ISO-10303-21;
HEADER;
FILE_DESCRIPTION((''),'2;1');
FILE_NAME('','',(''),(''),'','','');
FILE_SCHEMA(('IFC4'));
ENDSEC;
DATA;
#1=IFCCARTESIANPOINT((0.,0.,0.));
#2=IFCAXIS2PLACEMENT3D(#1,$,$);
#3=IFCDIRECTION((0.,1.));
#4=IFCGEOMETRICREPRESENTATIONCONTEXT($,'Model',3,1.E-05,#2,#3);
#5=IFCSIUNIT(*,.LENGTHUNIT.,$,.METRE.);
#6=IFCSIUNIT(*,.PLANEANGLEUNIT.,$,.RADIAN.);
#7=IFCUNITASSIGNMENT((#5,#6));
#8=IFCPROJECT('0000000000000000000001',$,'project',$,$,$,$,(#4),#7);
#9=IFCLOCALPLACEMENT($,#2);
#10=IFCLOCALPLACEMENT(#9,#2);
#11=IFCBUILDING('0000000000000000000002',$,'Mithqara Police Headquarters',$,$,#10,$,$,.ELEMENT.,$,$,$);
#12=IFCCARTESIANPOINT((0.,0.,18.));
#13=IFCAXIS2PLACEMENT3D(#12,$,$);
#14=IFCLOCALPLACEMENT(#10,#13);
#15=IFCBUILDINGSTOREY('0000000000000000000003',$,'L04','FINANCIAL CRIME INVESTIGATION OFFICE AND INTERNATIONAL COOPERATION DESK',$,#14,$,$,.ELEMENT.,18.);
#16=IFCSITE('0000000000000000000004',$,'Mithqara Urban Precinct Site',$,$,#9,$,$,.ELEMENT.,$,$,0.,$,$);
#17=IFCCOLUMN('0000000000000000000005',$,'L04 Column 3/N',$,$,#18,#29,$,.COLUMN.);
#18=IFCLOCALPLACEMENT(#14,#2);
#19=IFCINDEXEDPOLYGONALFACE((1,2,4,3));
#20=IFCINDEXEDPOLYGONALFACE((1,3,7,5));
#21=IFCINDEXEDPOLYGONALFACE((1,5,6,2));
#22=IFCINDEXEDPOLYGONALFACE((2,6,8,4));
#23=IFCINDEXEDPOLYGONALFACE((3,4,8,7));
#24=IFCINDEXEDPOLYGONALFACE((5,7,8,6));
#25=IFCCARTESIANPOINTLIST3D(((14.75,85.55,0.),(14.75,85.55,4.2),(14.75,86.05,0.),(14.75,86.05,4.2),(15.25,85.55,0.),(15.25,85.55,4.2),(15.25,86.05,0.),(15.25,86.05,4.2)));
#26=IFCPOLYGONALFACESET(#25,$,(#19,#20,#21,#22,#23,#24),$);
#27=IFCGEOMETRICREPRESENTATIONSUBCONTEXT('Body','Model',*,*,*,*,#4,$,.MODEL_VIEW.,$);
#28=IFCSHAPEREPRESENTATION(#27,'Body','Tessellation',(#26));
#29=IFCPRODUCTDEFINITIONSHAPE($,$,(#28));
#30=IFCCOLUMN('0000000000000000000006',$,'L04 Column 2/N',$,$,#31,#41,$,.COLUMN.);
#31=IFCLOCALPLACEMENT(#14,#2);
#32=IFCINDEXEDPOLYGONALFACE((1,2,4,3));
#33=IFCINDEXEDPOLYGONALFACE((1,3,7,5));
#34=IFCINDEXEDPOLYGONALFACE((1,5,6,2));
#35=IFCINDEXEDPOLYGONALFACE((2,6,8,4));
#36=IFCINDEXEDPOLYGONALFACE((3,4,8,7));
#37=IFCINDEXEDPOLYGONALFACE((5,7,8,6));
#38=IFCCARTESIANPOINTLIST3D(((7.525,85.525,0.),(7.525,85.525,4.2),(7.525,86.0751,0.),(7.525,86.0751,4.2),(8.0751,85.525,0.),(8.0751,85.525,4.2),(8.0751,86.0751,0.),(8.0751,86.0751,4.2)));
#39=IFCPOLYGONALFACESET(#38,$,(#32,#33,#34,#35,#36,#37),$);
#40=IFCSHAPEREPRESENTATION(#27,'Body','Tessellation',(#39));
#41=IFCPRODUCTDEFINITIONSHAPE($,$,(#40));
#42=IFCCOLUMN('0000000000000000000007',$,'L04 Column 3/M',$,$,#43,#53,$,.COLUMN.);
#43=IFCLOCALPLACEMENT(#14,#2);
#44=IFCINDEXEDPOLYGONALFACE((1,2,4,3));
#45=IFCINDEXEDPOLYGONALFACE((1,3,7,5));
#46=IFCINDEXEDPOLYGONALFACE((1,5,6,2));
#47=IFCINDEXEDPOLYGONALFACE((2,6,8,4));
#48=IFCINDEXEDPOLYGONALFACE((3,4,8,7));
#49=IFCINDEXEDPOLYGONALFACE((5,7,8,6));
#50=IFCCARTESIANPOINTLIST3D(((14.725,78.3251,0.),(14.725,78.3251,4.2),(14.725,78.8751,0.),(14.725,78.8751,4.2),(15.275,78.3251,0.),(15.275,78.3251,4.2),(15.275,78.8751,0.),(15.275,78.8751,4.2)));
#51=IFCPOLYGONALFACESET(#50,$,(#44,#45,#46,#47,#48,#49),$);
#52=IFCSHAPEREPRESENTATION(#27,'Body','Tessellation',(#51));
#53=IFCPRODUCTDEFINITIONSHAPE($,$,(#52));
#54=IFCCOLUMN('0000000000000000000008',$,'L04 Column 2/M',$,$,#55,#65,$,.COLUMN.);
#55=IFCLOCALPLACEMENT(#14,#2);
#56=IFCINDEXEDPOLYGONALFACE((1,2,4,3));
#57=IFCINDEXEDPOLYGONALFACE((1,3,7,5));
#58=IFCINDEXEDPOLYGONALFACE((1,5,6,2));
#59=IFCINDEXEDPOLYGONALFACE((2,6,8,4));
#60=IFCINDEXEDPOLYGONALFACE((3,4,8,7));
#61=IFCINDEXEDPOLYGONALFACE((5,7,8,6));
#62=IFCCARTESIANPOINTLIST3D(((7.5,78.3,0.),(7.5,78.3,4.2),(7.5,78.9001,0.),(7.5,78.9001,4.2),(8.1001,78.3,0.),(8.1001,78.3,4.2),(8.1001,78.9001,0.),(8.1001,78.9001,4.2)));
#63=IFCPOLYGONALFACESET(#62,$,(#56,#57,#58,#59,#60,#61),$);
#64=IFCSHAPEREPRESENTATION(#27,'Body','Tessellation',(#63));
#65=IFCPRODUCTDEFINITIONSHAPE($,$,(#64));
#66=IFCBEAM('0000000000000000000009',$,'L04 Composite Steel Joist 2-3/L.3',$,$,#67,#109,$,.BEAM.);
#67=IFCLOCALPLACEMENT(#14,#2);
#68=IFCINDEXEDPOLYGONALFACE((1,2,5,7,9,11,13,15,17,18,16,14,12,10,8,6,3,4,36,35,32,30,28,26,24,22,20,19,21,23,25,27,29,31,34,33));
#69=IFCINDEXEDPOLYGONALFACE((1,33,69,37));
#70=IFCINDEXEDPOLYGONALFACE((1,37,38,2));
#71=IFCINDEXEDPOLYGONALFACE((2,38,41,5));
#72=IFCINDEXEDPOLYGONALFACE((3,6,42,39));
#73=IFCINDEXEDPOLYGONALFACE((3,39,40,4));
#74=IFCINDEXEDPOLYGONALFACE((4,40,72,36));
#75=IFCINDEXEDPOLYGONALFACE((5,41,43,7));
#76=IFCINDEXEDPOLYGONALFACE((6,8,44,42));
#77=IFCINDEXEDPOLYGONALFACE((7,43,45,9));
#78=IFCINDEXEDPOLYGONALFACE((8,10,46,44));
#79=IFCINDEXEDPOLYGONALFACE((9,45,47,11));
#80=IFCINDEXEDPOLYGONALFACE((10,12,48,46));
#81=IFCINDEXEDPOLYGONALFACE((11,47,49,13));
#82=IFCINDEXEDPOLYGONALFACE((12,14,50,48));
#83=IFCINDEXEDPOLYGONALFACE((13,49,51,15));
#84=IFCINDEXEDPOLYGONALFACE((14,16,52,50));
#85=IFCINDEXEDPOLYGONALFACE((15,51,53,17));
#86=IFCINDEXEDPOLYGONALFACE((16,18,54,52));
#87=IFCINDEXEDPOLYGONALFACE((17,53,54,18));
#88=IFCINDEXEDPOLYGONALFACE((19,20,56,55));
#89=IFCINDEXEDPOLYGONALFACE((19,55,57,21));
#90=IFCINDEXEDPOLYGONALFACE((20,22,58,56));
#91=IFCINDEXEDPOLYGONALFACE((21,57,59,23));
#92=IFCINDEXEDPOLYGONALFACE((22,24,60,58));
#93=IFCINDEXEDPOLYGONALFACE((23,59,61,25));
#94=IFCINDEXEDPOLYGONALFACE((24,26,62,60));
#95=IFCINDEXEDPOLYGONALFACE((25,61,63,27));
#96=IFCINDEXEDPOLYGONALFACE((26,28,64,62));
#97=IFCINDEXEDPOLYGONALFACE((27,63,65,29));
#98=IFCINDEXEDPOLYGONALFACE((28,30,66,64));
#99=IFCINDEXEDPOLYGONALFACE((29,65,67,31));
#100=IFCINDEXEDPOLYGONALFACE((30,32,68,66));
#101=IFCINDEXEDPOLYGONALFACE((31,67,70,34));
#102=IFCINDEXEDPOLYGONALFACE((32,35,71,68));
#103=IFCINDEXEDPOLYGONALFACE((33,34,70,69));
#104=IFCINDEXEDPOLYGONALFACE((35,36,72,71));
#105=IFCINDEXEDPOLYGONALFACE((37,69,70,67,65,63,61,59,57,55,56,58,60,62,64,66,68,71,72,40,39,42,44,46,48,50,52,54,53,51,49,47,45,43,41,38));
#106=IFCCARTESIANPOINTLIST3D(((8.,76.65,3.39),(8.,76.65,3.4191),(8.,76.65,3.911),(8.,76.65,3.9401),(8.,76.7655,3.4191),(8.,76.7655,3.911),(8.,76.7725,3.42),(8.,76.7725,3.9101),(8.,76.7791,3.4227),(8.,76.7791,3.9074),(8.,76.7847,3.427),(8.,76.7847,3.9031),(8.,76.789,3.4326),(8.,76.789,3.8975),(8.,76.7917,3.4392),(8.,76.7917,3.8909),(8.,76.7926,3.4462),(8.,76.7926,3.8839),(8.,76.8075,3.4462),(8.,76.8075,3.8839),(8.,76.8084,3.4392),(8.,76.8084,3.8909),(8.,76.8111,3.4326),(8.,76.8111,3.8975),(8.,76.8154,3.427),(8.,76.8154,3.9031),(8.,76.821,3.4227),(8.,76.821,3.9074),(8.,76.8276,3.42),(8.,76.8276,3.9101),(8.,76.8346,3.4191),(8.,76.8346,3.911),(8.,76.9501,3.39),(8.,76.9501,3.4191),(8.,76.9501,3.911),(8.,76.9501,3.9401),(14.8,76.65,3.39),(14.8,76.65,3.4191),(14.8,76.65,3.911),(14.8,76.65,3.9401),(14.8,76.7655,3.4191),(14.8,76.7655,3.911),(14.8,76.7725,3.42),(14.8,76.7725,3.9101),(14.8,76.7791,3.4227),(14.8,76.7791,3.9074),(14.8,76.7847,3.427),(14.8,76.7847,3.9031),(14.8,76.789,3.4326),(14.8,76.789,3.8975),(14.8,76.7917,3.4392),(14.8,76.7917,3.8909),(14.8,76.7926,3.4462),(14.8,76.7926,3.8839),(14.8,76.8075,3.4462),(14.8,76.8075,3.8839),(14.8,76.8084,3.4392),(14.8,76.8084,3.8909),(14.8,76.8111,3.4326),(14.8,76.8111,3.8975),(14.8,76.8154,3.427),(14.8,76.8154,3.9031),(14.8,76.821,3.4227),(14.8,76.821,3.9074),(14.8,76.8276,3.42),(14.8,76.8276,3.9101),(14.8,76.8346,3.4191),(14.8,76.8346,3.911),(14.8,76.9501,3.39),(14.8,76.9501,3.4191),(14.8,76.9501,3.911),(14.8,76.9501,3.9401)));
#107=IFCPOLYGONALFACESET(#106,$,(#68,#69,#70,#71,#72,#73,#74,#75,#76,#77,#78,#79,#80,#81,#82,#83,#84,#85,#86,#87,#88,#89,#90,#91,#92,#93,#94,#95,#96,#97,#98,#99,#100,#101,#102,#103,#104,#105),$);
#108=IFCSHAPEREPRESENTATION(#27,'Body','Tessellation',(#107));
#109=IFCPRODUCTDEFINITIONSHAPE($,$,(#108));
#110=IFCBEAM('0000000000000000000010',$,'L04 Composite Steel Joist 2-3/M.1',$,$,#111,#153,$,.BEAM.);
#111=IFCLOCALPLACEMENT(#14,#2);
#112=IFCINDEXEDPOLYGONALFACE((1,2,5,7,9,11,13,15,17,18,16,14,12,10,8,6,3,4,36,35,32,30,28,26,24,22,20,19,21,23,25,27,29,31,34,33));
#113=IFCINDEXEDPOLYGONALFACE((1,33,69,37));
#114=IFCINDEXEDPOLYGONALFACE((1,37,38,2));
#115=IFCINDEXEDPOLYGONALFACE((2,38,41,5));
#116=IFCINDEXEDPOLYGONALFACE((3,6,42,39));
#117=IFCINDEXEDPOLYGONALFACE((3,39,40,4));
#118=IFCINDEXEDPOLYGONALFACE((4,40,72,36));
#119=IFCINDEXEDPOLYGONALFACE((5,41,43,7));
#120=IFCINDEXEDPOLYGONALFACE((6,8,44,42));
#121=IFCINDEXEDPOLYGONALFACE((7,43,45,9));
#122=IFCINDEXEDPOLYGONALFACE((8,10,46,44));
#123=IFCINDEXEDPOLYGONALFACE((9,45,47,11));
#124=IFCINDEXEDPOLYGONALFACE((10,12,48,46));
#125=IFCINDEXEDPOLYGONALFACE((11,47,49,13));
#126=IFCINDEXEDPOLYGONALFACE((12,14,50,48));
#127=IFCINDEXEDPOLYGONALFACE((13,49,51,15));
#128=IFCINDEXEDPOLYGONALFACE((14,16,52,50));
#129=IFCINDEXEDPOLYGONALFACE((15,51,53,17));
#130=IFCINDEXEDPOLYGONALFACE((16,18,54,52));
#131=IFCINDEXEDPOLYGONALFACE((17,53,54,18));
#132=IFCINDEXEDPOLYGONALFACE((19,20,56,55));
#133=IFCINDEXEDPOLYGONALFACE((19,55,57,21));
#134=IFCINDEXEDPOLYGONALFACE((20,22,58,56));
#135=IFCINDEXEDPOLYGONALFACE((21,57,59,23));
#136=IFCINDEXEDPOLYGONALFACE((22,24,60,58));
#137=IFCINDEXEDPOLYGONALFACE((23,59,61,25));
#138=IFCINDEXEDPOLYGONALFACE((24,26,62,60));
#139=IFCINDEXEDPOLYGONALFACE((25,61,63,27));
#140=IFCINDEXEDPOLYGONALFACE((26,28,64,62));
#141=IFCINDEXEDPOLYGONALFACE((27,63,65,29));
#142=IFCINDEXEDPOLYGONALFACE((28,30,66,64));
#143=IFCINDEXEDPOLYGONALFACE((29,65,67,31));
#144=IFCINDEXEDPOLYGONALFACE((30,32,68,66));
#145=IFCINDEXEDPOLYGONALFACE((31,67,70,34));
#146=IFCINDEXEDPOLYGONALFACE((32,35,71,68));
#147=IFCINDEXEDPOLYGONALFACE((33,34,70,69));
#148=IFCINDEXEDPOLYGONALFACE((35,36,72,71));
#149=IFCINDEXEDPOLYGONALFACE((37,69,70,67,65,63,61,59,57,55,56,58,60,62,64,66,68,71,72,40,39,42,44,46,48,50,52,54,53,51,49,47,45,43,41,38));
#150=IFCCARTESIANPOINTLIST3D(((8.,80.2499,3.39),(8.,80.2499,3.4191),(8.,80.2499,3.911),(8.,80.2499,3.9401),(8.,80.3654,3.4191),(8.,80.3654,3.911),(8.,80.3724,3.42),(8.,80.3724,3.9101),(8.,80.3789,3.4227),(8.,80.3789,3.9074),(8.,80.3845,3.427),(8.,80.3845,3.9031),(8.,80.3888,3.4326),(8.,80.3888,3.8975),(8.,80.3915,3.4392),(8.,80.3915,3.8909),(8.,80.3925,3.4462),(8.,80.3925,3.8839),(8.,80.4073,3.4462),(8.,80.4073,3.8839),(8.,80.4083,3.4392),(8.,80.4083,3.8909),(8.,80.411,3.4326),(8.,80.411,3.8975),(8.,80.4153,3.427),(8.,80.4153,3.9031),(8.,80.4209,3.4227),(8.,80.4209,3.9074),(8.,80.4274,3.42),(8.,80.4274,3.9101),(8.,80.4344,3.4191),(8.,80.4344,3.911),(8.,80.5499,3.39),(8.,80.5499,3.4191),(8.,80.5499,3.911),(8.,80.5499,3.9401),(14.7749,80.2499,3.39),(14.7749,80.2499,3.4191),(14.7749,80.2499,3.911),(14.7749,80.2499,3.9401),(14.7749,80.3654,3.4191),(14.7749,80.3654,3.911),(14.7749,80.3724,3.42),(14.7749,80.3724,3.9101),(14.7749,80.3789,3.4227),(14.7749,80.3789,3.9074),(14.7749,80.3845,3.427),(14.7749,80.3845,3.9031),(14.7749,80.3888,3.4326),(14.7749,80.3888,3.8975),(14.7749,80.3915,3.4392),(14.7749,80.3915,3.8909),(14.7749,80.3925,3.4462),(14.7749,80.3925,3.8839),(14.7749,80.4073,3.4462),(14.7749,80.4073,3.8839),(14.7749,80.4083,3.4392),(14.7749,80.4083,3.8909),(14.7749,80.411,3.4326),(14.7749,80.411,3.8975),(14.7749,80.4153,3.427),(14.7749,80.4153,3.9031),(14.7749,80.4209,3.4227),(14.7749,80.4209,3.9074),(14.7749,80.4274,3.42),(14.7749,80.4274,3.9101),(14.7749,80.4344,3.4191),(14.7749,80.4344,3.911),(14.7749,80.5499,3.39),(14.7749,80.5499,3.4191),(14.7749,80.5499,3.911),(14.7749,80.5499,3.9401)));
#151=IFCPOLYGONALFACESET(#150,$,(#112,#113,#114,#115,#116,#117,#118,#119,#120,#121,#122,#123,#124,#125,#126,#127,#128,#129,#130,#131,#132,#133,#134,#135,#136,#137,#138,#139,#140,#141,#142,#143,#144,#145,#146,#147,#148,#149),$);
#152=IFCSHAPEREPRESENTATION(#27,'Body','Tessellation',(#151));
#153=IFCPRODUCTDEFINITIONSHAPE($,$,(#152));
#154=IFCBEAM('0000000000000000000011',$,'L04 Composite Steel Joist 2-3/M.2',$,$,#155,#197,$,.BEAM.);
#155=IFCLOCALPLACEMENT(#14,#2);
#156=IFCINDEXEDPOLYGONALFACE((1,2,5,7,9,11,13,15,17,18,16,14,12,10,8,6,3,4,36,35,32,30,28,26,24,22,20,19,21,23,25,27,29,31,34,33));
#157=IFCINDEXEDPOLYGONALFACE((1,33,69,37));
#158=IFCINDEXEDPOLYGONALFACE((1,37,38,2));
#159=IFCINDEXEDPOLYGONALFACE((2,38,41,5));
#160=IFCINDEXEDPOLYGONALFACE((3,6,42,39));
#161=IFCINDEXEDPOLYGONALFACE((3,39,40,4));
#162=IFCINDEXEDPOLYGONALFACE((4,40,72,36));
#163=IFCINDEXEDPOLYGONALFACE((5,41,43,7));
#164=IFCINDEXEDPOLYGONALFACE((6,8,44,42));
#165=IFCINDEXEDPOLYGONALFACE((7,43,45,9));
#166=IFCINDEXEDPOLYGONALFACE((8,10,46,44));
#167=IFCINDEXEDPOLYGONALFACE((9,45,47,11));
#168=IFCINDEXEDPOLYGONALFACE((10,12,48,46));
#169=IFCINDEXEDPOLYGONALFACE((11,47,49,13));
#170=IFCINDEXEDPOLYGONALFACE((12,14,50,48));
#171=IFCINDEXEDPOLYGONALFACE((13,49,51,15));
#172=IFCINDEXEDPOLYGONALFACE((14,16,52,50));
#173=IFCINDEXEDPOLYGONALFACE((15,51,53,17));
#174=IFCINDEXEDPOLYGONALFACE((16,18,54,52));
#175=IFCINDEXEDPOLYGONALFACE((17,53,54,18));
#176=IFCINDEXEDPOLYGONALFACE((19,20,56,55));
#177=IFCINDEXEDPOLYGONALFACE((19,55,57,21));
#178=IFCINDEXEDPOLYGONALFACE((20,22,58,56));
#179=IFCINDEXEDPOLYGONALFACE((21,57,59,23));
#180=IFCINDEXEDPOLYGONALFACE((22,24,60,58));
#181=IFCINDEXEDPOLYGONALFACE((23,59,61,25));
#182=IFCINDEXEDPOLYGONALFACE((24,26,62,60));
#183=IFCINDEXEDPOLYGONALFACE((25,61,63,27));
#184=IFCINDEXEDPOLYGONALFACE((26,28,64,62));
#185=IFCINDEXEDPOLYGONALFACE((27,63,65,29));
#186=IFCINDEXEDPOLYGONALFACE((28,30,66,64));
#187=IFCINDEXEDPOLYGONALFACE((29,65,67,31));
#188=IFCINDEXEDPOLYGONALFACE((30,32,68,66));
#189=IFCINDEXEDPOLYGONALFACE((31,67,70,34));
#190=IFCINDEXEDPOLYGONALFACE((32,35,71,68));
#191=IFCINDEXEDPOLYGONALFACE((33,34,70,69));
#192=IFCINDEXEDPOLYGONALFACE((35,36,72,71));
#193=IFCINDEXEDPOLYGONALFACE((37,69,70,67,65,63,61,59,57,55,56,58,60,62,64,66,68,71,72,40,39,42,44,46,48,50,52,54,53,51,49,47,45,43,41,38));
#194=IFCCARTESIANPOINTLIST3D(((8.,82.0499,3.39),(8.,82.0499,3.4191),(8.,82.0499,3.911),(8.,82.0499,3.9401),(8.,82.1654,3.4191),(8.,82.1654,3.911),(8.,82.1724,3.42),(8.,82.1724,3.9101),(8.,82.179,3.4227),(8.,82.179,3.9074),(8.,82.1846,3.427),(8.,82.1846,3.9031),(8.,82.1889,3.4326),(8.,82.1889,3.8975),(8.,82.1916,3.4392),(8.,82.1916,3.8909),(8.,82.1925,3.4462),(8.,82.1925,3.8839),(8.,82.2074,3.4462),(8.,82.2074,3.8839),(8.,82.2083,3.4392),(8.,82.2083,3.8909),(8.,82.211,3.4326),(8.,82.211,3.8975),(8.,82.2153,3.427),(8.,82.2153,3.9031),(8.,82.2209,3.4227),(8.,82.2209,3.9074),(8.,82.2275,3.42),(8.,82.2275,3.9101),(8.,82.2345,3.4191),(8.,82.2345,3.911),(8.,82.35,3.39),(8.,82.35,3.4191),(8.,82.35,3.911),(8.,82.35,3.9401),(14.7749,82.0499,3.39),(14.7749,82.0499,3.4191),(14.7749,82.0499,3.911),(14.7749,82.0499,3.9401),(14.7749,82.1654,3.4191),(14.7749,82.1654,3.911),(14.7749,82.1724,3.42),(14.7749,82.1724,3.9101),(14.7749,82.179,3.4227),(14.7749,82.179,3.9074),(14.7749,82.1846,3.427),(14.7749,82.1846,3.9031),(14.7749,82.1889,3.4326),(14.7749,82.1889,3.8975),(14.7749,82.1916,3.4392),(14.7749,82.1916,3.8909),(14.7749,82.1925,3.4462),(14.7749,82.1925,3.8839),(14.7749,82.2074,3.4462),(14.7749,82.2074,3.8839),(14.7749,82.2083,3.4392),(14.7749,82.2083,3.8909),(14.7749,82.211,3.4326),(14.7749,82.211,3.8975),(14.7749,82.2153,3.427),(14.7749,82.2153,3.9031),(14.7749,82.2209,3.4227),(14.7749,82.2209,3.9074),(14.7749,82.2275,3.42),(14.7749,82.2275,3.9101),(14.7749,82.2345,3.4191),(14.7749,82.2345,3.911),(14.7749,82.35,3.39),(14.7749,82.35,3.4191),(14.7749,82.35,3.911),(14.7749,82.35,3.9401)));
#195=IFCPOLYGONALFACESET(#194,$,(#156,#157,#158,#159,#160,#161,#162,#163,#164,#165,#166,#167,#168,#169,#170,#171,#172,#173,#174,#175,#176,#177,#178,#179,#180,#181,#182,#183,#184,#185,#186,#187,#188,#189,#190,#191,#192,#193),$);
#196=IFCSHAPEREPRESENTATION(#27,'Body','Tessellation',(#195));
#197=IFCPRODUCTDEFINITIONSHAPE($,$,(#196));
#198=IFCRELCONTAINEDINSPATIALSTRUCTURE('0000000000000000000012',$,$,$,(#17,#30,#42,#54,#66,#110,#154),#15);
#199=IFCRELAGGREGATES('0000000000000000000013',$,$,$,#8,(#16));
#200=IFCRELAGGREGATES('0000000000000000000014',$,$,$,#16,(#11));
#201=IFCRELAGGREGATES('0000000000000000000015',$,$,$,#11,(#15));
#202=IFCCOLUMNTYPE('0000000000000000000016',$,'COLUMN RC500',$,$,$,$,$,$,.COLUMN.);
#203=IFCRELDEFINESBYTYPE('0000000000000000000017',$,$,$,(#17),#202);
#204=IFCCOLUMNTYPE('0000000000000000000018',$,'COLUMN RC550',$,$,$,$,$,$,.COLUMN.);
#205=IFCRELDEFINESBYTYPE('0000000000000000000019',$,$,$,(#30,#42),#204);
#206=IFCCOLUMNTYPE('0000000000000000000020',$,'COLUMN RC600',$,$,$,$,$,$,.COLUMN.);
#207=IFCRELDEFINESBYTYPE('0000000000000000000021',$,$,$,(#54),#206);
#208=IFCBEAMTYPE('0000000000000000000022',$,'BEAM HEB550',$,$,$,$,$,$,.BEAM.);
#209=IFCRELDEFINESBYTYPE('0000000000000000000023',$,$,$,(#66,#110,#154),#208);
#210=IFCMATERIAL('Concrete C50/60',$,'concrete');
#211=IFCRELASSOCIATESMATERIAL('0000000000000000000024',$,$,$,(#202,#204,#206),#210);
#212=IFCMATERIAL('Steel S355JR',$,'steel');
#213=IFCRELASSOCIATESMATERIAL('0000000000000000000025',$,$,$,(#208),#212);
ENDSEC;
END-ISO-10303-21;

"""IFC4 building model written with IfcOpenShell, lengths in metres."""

from ifc_helpers import new_model, si_unit, direction, frame, origin, origin_2d, place, context, subcontext, project, spatial, rectangle, i_section, extrude, material, material_profile, profile_set, type_object, element, save


model = new_model("IFC4")

# Units and contexts
model_context = context("Model", 3, precision=1e-05, world=origin(), true_north=direction((0.0, 1.0)))
body_context = subcontext(model_context, "Body", "Model", "MODEL_VIEW")
ifc_project = project(units=[si_unit("LENGTHUNIT", "METRE"), si_unit("PLANEANGLEUNIT", "RADIAN")], contexts=[model_context])

# Site, building, storey
site_placement = place(None, origin())
site = spatial("IfcSite", under=ifc_project, at=site_placement, Name="Mithqara Urban Precinct Site", CompositionType="ELEMENT", RefElevation=0.0)
building_placement = place(site_placement, origin())
building = spatial("IfcBuilding", under=site, at=building_placement, Name="Mithqara Police Headquarters", CompositionType="ELEMENT")
storey_placement = place(building_placement, frame((0.0, 0.0, 18.0)))
storey = spatial("IfcBuildingStorey", under=building, at=storey_placement, Name="L04", Description="FINANCIAL CRIME INVESTIGATION OFFICE AND INTERNATIONAL COOPERATION DESK", CompositionType="ELEMENT", Elevation=18.0)

# Columns
ifc_material_1 = material(Name="Concrete C50/60", Category="concrete")
ifc_material_profile_1 = material_profile(ifc_material_1, rectangle(XDim=0.5, YDim=0.5, at=origin_2d()), Name="RC 500x500")
ifc_profile_set_1 = profile_set([ifc_material_profile_1], Name="Concrete C50/60")
column_type_1 = type_object("IfcColumnType", Name="COLUMN RC500", PredefinedType="COLUMN", material=ifc_profile_set_1)
column_1_placement = place(storey_placement, frame((15.0, 85.8, 0.0), z_axis=(0.0, 0.0, 1.0), x_axis=(1.0, 0.0, 0.0)))
element("IfcColumn", 1, at=column_1_placement, inside=storey, type_object=column_type_1, Name="L04 Column 3/N", PredefinedType="COLUMN", context=body_context, shape_type="SweptSolid", body=[
    extrude(rectangle(XDim=0.5, YDim=0.5, at=origin_2d()), origin(), (0.0, 0.0, 1.0), 4.2),
])
ifc_material_profile_2 = material_profile(ifc_material_1, rectangle(XDim=0.55, YDim=0.55, at=origin_2d()), Name="RC 550x550")
ifc_profile_set_2 = profile_set([ifc_material_profile_2], Name="Concrete C50/60")
column_type_2 = type_object("IfcColumnType", Name="COLUMN RC550", PredefinedType="COLUMN", material=ifc_profile_set_2)
for number, where, z_axis, x_axis, name in (
    (2, (7.8, 85.8, 0.0), (0.0, 0.0, 1.0), (1.0, 0.0, 0.0), "L04 Column 2/N"),
    (3, (15.0, 78.6001, 0.0), (0.0, 0.0, 1.0), (1.0, 0.0, 0.0), "L04 Column 3/M"),
):
    element("IfcColumn", number, at=place(storey_placement, frame(where, z_axis=z_axis, x_axis=x_axis)), inside=storey, type_object=column_type_2, Name=name, PredefinedType="COLUMN", context=body_context, shape_type="SweptSolid", body=[
        extrude(rectangle(XDim=0.55, YDim=0.55, at=origin_2d()), origin(), (0.0, 0.0, 1.0), 4.2),
    ])
ifc_material_profile_3 = material_profile(ifc_material_1, rectangle(XDim=0.6001, YDim=0.6001, at=origin_2d()), Name="RC 600x600")
ifc_profile_set_3 = profile_set([ifc_material_profile_3], Name="Concrete C50/60")
column_type_3 = type_object("IfcColumnType", Name="COLUMN RC600", PredefinedType="COLUMN", material=ifc_profile_set_3)
column_2_placement = place(storey_placement, frame((7.8, 78.6001, 0.0), z_axis=(0.0, 0.0, 1.0), x_axis=(1.0, 0.0, 0.0)))
element("IfcColumn", 4, at=column_2_placement, inside=storey, type_object=column_type_3, Name="L04 Column 2/M", PredefinedType="COLUMN", context=body_context, shape_type="SweptSolid", body=[
    extrude(rectangle(XDim=0.6001, YDim=0.6001, at=origin_2d()), origin(), (0.0, 0.0, 1.0), 4.2),
])

# Beams
ifc_material_2 = material(Name="Steel S355JR", Category="steel")
ifc_material_profile_4 = material_profile(ifc_material_2, i_section(OverallWidth=0.3, OverallDepth=0.55, WebThickness=0.0149, FlangeThickness=0.0291, FilletRadius=0.0271, at=origin_2d()), Name="HEB 550")
ifc_profile_set_4 = profile_set([ifc_material_profile_4], Name="Steel S355JR")
beam_type_1 = type_object("IfcBeamType", Name="BEAM HEB550", PredefinedType="BEAM", material=ifc_profile_set_4)
beam_1_placement = place(storey_placement, frame((8.0, 76.8, 3.665), z_axis=(1.0, 0.0, 0.0), x_axis=(0.0, 1.0, 0.0)))
element("IfcBeam", 5, at=beam_1_placement, inside=storey, type_object=beam_type_1, Name="L04 Composite Steel Joist 2-3/L.3", PredefinedType="BEAM", context=body_context, shape_type="SweptSolid", body=[
    extrude(i_section(OverallWidth=0.3, OverallDepth=0.55, WebThickness=0.0149, FlangeThickness=0.0291, FilletRadius=0.0271, at=origin_2d()), origin(), (0.0, 0.0, 1.0), 6.8),
])
for number, where, z_axis, x_axis, name in (
    (6, (8.0, 80.3999, 3.665), (1.0, 0.0, 0.0), (0.0, 1.0, 0.0), "L04 Composite Steel Joist 2-3/M.1"),
    (7, (8.0, 82.2, 3.665), (1.0, 0.0, 0.0), (0.0, 1.0, 0.0), "L04 Composite Steel Joist 2-3/M.2"),
):
    element("IfcBeam", number, at=place(storey_placement, frame(where, z_axis=z_axis, x_axis=x_axis)), inside=storey, type_object=beam_type_1, Name=name, PredefinedType="BEAM", context=body_context, shape_type="SweptSolid", body=[
        extrude(i_section(OverallWidth=0.3, OverallDepth=0.55, WebThickness=0.0149, FlangeThickness=0.0291, FilletRadius=0.0271, at=origin_2d()), origin(), (0.0, 0.0, 1.0), 6.7749),
    ])

save(model, "model.ifc")
